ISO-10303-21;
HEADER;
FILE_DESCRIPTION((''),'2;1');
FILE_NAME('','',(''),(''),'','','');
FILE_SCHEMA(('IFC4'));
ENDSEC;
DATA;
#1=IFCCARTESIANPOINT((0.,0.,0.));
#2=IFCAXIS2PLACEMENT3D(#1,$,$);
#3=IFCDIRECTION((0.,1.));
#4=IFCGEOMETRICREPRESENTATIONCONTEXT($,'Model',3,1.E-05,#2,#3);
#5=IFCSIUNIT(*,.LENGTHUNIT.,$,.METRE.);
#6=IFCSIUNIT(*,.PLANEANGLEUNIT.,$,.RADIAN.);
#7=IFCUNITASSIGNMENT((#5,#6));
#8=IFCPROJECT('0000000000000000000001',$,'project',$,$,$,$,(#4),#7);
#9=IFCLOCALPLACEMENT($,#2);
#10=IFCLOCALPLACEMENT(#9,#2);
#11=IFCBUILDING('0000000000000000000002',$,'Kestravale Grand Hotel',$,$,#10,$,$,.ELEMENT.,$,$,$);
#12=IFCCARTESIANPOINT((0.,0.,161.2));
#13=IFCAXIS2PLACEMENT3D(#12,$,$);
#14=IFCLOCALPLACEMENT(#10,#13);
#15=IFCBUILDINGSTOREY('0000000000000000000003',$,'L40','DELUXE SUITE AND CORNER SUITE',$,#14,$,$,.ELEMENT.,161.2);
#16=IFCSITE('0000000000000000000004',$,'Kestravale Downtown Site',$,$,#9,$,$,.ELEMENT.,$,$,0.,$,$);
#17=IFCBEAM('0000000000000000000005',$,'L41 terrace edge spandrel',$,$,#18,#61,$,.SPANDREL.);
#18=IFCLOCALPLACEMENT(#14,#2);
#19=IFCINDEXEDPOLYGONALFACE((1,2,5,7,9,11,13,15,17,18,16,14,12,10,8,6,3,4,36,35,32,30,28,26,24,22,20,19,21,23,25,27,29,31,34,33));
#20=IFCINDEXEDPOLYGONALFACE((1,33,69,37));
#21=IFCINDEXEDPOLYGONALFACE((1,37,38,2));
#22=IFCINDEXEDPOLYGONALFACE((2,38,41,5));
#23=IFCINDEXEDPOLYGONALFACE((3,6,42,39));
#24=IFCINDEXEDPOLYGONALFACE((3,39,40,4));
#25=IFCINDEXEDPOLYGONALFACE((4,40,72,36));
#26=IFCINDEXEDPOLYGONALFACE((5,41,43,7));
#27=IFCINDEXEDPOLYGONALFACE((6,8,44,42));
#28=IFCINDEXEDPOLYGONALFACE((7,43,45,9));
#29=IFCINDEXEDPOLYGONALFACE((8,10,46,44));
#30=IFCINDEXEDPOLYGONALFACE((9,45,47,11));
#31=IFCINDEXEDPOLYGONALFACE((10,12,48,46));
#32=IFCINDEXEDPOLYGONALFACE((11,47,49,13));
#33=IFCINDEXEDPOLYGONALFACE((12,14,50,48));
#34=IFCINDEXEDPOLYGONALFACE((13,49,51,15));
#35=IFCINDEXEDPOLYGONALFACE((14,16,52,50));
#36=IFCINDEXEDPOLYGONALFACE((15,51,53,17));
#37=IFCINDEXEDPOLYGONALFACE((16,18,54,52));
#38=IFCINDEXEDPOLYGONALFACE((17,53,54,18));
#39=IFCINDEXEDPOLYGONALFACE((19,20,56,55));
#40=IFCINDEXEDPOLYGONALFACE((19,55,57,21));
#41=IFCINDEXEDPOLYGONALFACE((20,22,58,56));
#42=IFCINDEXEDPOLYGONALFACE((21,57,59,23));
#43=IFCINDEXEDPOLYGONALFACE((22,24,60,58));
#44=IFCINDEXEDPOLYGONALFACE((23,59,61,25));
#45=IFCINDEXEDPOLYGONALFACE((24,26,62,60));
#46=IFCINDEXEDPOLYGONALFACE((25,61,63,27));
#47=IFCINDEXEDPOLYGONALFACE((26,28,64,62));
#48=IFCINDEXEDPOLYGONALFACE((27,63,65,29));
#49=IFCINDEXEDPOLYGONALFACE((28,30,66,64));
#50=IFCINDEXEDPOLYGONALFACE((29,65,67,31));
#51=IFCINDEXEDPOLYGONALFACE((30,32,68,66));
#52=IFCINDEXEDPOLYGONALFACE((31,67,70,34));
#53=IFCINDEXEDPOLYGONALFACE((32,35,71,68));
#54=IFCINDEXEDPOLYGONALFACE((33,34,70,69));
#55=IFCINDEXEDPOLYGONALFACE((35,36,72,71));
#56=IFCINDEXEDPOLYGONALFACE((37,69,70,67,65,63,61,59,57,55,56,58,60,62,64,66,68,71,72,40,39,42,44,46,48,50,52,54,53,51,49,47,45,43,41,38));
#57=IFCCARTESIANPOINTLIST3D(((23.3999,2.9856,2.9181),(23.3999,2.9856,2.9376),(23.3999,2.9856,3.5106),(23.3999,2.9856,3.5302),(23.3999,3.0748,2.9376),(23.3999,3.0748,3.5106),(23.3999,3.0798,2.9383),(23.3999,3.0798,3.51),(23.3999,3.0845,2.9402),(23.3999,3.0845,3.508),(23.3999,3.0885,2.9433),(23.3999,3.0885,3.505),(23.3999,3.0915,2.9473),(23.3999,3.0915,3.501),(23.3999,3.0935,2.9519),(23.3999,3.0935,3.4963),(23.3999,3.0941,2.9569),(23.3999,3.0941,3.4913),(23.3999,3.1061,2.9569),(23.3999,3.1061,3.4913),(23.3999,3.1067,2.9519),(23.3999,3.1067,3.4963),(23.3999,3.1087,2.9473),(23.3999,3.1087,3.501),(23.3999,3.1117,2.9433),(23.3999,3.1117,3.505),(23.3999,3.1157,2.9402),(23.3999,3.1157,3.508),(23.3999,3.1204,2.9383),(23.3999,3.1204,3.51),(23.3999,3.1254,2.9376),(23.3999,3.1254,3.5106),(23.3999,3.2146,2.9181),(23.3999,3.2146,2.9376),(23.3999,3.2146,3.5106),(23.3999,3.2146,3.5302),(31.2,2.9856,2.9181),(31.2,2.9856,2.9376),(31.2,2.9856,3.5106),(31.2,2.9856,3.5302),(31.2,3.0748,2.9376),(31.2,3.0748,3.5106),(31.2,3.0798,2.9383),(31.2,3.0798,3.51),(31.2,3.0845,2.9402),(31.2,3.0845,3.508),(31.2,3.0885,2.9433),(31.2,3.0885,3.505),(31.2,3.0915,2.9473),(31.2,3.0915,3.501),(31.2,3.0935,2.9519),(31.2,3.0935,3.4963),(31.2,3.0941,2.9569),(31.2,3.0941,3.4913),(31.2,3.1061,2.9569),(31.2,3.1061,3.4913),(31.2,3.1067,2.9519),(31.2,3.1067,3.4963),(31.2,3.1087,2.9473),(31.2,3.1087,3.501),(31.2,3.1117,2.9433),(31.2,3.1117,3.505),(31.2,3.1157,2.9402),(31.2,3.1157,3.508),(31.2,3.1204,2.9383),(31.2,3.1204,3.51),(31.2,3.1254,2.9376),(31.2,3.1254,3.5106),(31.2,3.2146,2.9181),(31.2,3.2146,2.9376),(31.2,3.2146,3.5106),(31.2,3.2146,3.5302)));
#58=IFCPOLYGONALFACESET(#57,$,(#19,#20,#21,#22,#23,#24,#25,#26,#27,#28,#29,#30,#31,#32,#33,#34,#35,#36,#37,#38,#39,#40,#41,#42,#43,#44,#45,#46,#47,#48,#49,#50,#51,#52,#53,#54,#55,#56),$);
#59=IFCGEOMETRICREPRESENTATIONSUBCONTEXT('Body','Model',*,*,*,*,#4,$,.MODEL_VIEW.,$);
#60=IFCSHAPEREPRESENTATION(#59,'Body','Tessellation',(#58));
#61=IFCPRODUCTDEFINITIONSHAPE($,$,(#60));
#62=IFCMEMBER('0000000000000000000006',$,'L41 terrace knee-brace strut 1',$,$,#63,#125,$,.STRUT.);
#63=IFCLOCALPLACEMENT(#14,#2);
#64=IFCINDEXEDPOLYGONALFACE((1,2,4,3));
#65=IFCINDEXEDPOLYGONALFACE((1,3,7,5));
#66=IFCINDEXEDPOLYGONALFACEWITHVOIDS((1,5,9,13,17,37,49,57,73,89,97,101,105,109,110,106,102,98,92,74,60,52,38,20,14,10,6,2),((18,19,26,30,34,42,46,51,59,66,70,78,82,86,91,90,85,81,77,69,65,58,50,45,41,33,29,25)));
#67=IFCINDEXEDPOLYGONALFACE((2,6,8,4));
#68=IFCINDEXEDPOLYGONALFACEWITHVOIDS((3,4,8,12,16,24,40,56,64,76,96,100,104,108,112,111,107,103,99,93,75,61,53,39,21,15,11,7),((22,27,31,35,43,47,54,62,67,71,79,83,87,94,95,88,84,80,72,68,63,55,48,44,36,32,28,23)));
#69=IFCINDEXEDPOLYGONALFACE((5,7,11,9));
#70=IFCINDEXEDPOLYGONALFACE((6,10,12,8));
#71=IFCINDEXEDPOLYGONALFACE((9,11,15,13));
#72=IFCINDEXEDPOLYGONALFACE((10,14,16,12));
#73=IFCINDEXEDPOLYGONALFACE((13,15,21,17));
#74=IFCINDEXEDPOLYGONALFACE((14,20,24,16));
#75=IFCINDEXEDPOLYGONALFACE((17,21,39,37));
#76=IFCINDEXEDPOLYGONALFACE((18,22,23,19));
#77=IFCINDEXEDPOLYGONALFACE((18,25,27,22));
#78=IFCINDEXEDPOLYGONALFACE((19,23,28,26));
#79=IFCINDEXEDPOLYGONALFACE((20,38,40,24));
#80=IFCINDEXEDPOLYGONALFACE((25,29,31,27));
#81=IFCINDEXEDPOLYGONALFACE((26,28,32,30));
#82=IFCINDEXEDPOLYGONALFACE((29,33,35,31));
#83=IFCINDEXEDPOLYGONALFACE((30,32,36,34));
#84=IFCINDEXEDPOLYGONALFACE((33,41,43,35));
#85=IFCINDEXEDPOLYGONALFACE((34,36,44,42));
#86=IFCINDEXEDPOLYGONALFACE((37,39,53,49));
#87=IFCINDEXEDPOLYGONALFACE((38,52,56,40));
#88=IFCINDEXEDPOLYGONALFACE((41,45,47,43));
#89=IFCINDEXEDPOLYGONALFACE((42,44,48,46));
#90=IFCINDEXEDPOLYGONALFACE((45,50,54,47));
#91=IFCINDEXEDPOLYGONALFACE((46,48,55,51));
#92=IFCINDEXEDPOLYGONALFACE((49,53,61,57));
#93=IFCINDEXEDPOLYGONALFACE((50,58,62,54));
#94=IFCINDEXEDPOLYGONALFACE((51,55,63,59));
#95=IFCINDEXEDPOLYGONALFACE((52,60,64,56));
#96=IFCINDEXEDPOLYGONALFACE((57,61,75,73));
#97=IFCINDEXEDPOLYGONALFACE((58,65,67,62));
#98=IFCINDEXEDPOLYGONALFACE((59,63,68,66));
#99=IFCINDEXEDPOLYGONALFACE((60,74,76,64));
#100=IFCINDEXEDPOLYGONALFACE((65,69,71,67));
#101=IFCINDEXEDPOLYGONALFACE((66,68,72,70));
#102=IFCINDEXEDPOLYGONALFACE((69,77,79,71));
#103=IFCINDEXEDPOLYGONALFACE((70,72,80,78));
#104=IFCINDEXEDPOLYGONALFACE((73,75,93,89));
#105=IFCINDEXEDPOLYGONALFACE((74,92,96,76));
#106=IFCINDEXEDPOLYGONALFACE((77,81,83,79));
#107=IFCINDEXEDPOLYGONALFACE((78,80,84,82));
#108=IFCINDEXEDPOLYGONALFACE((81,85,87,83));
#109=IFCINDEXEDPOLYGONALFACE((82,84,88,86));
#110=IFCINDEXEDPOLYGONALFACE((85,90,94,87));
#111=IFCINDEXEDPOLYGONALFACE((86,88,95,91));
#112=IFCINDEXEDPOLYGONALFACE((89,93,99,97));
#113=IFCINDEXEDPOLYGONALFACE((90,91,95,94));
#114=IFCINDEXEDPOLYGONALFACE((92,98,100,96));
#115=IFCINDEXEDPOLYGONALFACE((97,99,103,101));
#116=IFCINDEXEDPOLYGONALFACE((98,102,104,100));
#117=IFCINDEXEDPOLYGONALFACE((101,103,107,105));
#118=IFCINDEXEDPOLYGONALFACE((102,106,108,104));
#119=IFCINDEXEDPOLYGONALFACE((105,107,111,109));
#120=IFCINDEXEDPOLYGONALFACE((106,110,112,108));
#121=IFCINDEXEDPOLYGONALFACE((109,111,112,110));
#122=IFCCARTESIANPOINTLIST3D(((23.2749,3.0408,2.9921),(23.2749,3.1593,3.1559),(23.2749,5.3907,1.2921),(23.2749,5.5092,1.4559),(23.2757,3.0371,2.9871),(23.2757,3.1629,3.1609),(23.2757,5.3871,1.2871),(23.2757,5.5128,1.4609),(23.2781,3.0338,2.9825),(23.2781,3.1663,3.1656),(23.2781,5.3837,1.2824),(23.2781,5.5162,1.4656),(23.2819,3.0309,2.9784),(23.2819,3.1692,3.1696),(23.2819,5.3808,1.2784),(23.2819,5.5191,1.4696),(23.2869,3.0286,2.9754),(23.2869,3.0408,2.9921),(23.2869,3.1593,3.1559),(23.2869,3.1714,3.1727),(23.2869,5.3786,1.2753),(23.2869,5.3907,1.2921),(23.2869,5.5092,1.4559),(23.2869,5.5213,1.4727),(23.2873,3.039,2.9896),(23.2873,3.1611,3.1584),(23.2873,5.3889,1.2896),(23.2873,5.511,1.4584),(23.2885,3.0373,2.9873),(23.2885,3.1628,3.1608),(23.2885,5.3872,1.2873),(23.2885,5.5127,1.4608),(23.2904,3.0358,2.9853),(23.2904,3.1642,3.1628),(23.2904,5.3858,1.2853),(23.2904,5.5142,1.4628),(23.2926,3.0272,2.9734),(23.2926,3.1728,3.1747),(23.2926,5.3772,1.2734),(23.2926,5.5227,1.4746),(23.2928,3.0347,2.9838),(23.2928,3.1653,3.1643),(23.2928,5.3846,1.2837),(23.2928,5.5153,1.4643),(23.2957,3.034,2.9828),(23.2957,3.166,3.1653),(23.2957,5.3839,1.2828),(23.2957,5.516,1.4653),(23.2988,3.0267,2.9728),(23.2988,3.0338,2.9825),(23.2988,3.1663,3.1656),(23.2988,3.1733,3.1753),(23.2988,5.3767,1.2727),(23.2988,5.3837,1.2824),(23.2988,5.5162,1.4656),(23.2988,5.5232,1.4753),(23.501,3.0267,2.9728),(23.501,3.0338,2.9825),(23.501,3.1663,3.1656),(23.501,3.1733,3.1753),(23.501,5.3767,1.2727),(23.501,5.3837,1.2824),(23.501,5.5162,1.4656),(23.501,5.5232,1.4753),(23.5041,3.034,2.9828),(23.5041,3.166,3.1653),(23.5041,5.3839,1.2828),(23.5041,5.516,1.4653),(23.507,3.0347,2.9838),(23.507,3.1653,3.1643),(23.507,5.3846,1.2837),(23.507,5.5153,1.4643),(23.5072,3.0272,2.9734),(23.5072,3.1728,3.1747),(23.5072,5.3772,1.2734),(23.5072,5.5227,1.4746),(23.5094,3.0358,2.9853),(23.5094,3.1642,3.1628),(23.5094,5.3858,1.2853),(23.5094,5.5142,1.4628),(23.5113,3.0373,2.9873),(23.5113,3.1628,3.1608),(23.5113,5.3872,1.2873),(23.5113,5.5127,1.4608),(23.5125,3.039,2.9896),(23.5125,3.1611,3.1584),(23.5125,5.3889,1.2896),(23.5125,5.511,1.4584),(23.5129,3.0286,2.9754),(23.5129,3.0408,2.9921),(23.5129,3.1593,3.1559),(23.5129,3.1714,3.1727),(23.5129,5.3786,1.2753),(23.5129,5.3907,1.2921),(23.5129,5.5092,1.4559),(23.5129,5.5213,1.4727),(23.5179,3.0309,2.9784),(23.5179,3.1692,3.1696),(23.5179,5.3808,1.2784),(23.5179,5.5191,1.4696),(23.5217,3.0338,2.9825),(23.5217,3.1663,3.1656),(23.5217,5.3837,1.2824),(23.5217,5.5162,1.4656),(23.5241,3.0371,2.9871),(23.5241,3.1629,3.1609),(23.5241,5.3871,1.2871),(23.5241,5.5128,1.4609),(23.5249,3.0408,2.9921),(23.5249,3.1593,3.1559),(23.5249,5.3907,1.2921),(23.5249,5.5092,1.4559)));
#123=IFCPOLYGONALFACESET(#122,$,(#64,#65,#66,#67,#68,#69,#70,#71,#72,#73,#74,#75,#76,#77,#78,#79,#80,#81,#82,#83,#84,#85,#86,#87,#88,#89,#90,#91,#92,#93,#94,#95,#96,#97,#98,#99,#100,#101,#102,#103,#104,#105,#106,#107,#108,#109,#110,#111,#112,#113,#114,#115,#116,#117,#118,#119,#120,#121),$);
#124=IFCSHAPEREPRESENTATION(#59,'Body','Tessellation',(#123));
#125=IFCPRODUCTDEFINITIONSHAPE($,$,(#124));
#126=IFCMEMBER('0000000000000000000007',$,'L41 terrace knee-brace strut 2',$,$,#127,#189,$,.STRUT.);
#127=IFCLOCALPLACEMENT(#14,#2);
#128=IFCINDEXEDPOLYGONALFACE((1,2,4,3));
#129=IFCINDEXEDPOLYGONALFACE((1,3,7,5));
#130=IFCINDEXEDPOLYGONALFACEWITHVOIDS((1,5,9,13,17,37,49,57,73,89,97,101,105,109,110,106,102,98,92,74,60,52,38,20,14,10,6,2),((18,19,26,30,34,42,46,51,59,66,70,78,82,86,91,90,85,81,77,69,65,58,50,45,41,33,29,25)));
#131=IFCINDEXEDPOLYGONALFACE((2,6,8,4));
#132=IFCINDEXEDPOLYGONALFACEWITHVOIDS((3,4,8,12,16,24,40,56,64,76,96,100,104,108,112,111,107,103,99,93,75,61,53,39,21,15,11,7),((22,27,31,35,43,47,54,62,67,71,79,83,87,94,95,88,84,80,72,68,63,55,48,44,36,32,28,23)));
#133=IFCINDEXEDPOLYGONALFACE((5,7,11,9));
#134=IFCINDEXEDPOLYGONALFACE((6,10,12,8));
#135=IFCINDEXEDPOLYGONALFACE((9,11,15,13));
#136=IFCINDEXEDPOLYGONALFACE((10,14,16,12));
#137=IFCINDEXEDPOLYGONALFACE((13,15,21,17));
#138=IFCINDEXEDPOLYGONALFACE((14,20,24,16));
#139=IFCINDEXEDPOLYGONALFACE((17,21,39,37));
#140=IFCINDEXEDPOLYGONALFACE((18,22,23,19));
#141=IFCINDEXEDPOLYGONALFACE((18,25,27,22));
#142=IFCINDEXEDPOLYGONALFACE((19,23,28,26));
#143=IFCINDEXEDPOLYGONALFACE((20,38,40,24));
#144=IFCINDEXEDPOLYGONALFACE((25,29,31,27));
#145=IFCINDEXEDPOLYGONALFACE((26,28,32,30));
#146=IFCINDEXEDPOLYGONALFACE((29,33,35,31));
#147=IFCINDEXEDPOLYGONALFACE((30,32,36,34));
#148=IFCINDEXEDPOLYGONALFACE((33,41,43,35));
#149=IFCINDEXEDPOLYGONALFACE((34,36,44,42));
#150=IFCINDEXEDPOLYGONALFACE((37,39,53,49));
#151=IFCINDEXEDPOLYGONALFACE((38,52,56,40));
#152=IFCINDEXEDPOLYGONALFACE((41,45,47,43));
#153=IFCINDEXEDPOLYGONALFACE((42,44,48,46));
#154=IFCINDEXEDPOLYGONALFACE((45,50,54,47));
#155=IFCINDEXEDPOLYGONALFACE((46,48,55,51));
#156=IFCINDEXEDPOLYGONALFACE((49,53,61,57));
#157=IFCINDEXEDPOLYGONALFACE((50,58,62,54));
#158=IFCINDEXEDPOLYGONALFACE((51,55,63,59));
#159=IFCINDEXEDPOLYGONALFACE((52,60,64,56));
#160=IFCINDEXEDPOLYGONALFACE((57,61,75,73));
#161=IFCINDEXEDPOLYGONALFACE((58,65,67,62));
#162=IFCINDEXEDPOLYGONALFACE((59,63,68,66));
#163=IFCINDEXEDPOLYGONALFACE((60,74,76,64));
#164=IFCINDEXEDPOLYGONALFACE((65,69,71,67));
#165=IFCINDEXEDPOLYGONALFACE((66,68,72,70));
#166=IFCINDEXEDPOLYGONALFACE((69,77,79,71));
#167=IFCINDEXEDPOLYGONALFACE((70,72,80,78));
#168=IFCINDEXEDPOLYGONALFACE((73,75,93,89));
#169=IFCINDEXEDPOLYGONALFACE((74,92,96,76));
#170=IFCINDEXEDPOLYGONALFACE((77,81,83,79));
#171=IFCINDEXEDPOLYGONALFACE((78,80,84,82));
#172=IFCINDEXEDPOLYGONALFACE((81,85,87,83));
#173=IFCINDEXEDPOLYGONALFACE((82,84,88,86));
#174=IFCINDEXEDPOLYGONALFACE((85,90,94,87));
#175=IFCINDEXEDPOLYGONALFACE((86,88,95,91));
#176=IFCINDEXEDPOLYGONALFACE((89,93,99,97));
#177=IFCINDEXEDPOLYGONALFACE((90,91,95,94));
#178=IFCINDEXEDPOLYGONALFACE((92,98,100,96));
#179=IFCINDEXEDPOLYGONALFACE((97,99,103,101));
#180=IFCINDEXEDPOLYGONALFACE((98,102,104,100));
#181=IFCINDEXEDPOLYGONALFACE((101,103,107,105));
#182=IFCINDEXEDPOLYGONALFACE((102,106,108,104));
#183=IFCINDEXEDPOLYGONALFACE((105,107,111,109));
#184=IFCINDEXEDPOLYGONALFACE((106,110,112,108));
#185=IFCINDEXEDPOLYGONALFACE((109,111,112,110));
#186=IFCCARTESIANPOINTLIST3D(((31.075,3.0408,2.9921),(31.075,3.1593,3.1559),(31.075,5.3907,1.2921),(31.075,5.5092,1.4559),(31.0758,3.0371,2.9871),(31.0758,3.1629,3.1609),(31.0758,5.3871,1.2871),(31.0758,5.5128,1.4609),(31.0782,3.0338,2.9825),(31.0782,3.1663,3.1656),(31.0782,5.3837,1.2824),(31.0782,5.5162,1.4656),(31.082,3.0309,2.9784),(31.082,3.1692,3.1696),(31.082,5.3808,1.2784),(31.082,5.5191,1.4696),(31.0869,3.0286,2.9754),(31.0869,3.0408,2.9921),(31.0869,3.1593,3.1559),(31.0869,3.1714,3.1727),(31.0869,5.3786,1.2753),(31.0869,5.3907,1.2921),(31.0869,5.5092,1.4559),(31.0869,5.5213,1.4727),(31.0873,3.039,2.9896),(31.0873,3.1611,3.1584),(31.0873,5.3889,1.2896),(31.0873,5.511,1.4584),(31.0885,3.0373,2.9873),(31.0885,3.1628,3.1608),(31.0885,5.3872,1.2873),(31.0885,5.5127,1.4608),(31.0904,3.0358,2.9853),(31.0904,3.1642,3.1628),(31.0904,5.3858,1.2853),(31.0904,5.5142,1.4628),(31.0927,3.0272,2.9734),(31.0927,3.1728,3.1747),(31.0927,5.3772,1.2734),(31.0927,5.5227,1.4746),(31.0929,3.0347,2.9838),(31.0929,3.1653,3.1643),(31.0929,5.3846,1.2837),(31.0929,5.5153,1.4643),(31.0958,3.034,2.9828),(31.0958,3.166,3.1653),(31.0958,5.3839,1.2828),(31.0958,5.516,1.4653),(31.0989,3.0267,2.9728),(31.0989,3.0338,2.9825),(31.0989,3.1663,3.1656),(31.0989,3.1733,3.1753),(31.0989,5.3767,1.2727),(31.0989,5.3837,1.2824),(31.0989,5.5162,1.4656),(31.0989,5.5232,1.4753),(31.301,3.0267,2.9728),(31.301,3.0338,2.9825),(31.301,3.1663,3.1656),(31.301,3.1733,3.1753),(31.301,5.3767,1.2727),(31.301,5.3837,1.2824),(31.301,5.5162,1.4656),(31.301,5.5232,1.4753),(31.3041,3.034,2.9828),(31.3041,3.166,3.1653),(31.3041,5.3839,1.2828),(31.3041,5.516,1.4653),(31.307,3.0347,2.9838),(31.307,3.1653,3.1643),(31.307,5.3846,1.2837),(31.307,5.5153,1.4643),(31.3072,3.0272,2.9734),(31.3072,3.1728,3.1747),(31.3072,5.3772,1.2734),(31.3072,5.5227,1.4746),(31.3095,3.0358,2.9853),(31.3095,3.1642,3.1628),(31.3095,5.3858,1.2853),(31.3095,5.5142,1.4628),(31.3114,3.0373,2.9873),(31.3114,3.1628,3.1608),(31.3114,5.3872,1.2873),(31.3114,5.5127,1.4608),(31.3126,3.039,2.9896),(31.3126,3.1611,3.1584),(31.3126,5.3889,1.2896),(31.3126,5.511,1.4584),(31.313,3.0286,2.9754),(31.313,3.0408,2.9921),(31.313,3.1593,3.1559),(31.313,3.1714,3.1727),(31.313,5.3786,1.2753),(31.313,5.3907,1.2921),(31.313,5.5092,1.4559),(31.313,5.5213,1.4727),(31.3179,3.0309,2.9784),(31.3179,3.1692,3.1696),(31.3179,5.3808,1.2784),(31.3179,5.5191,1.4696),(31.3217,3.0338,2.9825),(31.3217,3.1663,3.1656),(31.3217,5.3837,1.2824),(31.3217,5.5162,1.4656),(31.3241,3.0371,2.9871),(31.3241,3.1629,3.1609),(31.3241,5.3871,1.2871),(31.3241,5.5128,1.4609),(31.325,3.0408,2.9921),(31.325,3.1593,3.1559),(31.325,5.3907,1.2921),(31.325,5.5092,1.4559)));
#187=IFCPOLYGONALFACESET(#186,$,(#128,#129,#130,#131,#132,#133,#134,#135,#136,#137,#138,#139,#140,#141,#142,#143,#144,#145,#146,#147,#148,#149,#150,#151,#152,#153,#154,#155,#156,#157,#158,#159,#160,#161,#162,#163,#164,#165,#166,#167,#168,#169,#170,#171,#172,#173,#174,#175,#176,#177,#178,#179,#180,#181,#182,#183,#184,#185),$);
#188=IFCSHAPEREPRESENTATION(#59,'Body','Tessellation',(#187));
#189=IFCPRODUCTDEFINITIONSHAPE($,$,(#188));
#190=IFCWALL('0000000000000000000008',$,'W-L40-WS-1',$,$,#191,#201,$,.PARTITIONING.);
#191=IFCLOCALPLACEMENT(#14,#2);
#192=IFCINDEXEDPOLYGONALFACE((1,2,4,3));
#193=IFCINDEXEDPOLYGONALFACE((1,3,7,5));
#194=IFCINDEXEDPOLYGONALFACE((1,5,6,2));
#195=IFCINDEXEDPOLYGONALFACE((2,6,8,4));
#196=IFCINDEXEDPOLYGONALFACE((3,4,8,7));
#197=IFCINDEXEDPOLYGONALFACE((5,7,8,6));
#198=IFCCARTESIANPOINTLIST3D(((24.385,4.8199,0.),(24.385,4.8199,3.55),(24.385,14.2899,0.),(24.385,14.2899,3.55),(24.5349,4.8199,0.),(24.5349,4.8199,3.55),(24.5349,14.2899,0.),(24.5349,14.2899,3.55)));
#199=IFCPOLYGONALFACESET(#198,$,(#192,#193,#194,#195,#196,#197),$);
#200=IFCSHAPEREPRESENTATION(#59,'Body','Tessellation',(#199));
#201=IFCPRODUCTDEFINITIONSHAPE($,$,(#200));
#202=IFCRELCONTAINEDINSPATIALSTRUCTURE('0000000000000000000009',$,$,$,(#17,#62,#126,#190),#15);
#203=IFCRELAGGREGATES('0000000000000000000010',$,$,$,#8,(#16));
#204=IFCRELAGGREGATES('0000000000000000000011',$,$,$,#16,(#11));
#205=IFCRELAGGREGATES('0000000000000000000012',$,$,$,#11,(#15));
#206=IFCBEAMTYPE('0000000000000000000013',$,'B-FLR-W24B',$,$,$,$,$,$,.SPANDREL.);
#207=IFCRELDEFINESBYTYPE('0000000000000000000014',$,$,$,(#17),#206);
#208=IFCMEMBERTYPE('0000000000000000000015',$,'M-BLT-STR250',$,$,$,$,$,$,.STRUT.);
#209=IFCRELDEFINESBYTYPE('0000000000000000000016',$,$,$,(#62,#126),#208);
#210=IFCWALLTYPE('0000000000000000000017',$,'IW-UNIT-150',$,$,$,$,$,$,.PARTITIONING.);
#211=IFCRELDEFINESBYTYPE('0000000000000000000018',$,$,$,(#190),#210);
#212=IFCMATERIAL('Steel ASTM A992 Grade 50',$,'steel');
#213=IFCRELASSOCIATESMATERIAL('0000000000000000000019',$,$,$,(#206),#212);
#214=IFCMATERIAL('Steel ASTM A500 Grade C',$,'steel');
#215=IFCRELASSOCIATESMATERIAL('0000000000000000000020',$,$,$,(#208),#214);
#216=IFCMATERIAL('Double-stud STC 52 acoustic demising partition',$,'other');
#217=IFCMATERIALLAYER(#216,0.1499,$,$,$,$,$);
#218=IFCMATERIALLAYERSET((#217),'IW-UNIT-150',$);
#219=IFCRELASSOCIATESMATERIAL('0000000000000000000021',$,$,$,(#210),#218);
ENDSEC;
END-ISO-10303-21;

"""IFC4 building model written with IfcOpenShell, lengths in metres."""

from ifc_helpers import new_model, si_unit, direction, frame, frame_2d, origin, origin_2d, place, context, subcontext, project, spatial, rectangle, hollow_rectangle, i_section, extrude, material, layer, layer_set, material_profile, profile_set, type_object, element, save


model = new_model("IFC4")

# Units and contexts
model_context = context("Model", 3, precision=1e-05, world=origin(), true_north=direction((0.0, 1.0)))
body_context = subcontext(model_context, "Body", "Model", "MODEL_VIEW")
ifc_project = project(units=[si_unit("LENGTHUNIT", "METRE"), si_unit("PLANEANGLEUNIT", "RADIAN")], contexts=[model_context])

# Site, building, storey
site_placement = place(None, origin())
site = spatial("IfcSite", under=ifc_project, at=site_placement, Name="Kestravale Downtown Site", CompositionType="ELEMENT", RefElevation=0.0)
building_placement = place(site_placement, origin())
building = spatial("IfcBuilding", under=site, at=building_placement, Name="Kestravale Grand Hotel", CompositionType="ELEMENT")
storey_placement = place(building_placement, frame((0.0, 0.0, 161.2)))
storey = spatial("IfcBuildingStorey", under=building, at=storey_placement, Name="L40", Description="DELUXE SUITE AND CORNER SUITE", CompositionType="ELEMENT", Elevation=161.2)

# Beam
ifc_material_1 = material(Name="Steel ASTM A992 Grade 50", Category="steel")
ifc_material_profile_1 = material_profile(ifc_material_1, i_section(OverallWidth=0.229, OverallDepth=0.6121, WebThickness=0.012, FlangeThickness=0.0195, FilletRadius=0.0193, at=origin_2d()))
ifc_profile_set_1 = profile_set([ifc_material_profile_1], Name="Steel ASTM A992 Grade 50")
beam_type_1 = type_object("IfcBeamType", Name="B-FLR-W24B", PredefinedType="SPANDREL", material=ifc_profile_set_1)
beam_1_placement = place(storey_placement, frame((23.3999, 3.1001, 3.2241), z_axis=(1.0, 0.0, 0.0), x_axis=(0.0, 1.0, 0.0)))
element("IfcBeam", 1, at=beam_1_placement, inside=storey, type_object=beam_type_1, Name="L41 terrace edge spandrel", PredefinedType="SPANDREL", context=body_context, shape_type="SweptSolid", body=[
    extrude(i_section(OverallWidth=0.229, OverallDepth=0.6121, WebThickness=0.012, FlangeThickness=0.0195, FilletRadius=0.0193, at=origin_2d()), origin(), (0.0, 0.0, 1.0), 7.8),
])

# Members
ifc_material_2 = material(Name="Steel ASTM A500 Grade C", Category="steel")
ifc_material_profile_2 = material_profile(ifc_material_2, hollow_rectangle(XDim=0.25, YDim=0.25, WallThickness=0.012, InnerFilletRadius=0.012, OuterFilletRadius=0.0239, at=origin_2d()))
ifc_profile_set_2 = profile_set([ifc_material_profile_2], Name="Steel ASTM A500 Grade C")
member_type = type_object("IfcMemberType", Name="M-BLT-STR250", PredefinedType="STRUT", material=ifc_profile_set_2)
for number, where, z_axis, x_axis, name in (
    (2, (23.3999, 5.45, 1.374), (0.0, -0.810215, 0.586133), (1.0, 0.0, 0.0), "L41 terrace knee-brace strut 1"),
    (3, (31.2, 5.45, 1.374), (0.0, -0.810215, 0.586133), (1.0, 0.0, 0.0), "L41 terrace knee-brace strut 2"),
):
    element("IfcMember", number, at=place(storey_placement, frame(where, z_axis=z_axis, x_axis=x_axis)), inside=storey, type_object=member_type, Name=name, PredefinedType="STRUT", context=body_context, shape_type="SweptSolid", body=[
        extrude(hollow_rectangle(XDim=0.25, YDim=0.25, WallThickness=0.012, InnerFilletRadius=0.012, OuterFilletRadius=0.0239, at=origin_2d()), origin(), (0.0, 0.0, 1.0), 2.9004),
    ])

# Wall
ifc_material_3 = material(Name="Double-stud STC 52 acoustic demising partition", Category="other")
ifc_layer = layer(ifc_material_3, 0.1499)
ifc_layer_set = layer_set([ifc_layer], Name="IW-UNIT-150")
wall_type = type_object("IfcWallType", Name="IW-UNIT-150", PredefinedType="PARTITIONING", material=ifc_layer_set)
wall_1_placement = place(storey_placement, frame((24.46, 4.8201, 0.0), z_axis=(0.0, 0.0, 1.0), x_axis=(0.0, 1.0, 0.0)))
element("IfcWall", 4, at=wall_1_placement, inside=storey, type_object=wall_type, Name="W-L40-WS-1", PredefinedType="PARTITIONING", context=body_context, shape_type="SweptSolid", body=[
    extrude(rectangle(XDim=9.47, YDim=0.1499, at=frame_2d((4.7349, 0.0))), origin(), (0.0, 0.0, 1.0), 3.55),
])

save(model, "model.ifc")
